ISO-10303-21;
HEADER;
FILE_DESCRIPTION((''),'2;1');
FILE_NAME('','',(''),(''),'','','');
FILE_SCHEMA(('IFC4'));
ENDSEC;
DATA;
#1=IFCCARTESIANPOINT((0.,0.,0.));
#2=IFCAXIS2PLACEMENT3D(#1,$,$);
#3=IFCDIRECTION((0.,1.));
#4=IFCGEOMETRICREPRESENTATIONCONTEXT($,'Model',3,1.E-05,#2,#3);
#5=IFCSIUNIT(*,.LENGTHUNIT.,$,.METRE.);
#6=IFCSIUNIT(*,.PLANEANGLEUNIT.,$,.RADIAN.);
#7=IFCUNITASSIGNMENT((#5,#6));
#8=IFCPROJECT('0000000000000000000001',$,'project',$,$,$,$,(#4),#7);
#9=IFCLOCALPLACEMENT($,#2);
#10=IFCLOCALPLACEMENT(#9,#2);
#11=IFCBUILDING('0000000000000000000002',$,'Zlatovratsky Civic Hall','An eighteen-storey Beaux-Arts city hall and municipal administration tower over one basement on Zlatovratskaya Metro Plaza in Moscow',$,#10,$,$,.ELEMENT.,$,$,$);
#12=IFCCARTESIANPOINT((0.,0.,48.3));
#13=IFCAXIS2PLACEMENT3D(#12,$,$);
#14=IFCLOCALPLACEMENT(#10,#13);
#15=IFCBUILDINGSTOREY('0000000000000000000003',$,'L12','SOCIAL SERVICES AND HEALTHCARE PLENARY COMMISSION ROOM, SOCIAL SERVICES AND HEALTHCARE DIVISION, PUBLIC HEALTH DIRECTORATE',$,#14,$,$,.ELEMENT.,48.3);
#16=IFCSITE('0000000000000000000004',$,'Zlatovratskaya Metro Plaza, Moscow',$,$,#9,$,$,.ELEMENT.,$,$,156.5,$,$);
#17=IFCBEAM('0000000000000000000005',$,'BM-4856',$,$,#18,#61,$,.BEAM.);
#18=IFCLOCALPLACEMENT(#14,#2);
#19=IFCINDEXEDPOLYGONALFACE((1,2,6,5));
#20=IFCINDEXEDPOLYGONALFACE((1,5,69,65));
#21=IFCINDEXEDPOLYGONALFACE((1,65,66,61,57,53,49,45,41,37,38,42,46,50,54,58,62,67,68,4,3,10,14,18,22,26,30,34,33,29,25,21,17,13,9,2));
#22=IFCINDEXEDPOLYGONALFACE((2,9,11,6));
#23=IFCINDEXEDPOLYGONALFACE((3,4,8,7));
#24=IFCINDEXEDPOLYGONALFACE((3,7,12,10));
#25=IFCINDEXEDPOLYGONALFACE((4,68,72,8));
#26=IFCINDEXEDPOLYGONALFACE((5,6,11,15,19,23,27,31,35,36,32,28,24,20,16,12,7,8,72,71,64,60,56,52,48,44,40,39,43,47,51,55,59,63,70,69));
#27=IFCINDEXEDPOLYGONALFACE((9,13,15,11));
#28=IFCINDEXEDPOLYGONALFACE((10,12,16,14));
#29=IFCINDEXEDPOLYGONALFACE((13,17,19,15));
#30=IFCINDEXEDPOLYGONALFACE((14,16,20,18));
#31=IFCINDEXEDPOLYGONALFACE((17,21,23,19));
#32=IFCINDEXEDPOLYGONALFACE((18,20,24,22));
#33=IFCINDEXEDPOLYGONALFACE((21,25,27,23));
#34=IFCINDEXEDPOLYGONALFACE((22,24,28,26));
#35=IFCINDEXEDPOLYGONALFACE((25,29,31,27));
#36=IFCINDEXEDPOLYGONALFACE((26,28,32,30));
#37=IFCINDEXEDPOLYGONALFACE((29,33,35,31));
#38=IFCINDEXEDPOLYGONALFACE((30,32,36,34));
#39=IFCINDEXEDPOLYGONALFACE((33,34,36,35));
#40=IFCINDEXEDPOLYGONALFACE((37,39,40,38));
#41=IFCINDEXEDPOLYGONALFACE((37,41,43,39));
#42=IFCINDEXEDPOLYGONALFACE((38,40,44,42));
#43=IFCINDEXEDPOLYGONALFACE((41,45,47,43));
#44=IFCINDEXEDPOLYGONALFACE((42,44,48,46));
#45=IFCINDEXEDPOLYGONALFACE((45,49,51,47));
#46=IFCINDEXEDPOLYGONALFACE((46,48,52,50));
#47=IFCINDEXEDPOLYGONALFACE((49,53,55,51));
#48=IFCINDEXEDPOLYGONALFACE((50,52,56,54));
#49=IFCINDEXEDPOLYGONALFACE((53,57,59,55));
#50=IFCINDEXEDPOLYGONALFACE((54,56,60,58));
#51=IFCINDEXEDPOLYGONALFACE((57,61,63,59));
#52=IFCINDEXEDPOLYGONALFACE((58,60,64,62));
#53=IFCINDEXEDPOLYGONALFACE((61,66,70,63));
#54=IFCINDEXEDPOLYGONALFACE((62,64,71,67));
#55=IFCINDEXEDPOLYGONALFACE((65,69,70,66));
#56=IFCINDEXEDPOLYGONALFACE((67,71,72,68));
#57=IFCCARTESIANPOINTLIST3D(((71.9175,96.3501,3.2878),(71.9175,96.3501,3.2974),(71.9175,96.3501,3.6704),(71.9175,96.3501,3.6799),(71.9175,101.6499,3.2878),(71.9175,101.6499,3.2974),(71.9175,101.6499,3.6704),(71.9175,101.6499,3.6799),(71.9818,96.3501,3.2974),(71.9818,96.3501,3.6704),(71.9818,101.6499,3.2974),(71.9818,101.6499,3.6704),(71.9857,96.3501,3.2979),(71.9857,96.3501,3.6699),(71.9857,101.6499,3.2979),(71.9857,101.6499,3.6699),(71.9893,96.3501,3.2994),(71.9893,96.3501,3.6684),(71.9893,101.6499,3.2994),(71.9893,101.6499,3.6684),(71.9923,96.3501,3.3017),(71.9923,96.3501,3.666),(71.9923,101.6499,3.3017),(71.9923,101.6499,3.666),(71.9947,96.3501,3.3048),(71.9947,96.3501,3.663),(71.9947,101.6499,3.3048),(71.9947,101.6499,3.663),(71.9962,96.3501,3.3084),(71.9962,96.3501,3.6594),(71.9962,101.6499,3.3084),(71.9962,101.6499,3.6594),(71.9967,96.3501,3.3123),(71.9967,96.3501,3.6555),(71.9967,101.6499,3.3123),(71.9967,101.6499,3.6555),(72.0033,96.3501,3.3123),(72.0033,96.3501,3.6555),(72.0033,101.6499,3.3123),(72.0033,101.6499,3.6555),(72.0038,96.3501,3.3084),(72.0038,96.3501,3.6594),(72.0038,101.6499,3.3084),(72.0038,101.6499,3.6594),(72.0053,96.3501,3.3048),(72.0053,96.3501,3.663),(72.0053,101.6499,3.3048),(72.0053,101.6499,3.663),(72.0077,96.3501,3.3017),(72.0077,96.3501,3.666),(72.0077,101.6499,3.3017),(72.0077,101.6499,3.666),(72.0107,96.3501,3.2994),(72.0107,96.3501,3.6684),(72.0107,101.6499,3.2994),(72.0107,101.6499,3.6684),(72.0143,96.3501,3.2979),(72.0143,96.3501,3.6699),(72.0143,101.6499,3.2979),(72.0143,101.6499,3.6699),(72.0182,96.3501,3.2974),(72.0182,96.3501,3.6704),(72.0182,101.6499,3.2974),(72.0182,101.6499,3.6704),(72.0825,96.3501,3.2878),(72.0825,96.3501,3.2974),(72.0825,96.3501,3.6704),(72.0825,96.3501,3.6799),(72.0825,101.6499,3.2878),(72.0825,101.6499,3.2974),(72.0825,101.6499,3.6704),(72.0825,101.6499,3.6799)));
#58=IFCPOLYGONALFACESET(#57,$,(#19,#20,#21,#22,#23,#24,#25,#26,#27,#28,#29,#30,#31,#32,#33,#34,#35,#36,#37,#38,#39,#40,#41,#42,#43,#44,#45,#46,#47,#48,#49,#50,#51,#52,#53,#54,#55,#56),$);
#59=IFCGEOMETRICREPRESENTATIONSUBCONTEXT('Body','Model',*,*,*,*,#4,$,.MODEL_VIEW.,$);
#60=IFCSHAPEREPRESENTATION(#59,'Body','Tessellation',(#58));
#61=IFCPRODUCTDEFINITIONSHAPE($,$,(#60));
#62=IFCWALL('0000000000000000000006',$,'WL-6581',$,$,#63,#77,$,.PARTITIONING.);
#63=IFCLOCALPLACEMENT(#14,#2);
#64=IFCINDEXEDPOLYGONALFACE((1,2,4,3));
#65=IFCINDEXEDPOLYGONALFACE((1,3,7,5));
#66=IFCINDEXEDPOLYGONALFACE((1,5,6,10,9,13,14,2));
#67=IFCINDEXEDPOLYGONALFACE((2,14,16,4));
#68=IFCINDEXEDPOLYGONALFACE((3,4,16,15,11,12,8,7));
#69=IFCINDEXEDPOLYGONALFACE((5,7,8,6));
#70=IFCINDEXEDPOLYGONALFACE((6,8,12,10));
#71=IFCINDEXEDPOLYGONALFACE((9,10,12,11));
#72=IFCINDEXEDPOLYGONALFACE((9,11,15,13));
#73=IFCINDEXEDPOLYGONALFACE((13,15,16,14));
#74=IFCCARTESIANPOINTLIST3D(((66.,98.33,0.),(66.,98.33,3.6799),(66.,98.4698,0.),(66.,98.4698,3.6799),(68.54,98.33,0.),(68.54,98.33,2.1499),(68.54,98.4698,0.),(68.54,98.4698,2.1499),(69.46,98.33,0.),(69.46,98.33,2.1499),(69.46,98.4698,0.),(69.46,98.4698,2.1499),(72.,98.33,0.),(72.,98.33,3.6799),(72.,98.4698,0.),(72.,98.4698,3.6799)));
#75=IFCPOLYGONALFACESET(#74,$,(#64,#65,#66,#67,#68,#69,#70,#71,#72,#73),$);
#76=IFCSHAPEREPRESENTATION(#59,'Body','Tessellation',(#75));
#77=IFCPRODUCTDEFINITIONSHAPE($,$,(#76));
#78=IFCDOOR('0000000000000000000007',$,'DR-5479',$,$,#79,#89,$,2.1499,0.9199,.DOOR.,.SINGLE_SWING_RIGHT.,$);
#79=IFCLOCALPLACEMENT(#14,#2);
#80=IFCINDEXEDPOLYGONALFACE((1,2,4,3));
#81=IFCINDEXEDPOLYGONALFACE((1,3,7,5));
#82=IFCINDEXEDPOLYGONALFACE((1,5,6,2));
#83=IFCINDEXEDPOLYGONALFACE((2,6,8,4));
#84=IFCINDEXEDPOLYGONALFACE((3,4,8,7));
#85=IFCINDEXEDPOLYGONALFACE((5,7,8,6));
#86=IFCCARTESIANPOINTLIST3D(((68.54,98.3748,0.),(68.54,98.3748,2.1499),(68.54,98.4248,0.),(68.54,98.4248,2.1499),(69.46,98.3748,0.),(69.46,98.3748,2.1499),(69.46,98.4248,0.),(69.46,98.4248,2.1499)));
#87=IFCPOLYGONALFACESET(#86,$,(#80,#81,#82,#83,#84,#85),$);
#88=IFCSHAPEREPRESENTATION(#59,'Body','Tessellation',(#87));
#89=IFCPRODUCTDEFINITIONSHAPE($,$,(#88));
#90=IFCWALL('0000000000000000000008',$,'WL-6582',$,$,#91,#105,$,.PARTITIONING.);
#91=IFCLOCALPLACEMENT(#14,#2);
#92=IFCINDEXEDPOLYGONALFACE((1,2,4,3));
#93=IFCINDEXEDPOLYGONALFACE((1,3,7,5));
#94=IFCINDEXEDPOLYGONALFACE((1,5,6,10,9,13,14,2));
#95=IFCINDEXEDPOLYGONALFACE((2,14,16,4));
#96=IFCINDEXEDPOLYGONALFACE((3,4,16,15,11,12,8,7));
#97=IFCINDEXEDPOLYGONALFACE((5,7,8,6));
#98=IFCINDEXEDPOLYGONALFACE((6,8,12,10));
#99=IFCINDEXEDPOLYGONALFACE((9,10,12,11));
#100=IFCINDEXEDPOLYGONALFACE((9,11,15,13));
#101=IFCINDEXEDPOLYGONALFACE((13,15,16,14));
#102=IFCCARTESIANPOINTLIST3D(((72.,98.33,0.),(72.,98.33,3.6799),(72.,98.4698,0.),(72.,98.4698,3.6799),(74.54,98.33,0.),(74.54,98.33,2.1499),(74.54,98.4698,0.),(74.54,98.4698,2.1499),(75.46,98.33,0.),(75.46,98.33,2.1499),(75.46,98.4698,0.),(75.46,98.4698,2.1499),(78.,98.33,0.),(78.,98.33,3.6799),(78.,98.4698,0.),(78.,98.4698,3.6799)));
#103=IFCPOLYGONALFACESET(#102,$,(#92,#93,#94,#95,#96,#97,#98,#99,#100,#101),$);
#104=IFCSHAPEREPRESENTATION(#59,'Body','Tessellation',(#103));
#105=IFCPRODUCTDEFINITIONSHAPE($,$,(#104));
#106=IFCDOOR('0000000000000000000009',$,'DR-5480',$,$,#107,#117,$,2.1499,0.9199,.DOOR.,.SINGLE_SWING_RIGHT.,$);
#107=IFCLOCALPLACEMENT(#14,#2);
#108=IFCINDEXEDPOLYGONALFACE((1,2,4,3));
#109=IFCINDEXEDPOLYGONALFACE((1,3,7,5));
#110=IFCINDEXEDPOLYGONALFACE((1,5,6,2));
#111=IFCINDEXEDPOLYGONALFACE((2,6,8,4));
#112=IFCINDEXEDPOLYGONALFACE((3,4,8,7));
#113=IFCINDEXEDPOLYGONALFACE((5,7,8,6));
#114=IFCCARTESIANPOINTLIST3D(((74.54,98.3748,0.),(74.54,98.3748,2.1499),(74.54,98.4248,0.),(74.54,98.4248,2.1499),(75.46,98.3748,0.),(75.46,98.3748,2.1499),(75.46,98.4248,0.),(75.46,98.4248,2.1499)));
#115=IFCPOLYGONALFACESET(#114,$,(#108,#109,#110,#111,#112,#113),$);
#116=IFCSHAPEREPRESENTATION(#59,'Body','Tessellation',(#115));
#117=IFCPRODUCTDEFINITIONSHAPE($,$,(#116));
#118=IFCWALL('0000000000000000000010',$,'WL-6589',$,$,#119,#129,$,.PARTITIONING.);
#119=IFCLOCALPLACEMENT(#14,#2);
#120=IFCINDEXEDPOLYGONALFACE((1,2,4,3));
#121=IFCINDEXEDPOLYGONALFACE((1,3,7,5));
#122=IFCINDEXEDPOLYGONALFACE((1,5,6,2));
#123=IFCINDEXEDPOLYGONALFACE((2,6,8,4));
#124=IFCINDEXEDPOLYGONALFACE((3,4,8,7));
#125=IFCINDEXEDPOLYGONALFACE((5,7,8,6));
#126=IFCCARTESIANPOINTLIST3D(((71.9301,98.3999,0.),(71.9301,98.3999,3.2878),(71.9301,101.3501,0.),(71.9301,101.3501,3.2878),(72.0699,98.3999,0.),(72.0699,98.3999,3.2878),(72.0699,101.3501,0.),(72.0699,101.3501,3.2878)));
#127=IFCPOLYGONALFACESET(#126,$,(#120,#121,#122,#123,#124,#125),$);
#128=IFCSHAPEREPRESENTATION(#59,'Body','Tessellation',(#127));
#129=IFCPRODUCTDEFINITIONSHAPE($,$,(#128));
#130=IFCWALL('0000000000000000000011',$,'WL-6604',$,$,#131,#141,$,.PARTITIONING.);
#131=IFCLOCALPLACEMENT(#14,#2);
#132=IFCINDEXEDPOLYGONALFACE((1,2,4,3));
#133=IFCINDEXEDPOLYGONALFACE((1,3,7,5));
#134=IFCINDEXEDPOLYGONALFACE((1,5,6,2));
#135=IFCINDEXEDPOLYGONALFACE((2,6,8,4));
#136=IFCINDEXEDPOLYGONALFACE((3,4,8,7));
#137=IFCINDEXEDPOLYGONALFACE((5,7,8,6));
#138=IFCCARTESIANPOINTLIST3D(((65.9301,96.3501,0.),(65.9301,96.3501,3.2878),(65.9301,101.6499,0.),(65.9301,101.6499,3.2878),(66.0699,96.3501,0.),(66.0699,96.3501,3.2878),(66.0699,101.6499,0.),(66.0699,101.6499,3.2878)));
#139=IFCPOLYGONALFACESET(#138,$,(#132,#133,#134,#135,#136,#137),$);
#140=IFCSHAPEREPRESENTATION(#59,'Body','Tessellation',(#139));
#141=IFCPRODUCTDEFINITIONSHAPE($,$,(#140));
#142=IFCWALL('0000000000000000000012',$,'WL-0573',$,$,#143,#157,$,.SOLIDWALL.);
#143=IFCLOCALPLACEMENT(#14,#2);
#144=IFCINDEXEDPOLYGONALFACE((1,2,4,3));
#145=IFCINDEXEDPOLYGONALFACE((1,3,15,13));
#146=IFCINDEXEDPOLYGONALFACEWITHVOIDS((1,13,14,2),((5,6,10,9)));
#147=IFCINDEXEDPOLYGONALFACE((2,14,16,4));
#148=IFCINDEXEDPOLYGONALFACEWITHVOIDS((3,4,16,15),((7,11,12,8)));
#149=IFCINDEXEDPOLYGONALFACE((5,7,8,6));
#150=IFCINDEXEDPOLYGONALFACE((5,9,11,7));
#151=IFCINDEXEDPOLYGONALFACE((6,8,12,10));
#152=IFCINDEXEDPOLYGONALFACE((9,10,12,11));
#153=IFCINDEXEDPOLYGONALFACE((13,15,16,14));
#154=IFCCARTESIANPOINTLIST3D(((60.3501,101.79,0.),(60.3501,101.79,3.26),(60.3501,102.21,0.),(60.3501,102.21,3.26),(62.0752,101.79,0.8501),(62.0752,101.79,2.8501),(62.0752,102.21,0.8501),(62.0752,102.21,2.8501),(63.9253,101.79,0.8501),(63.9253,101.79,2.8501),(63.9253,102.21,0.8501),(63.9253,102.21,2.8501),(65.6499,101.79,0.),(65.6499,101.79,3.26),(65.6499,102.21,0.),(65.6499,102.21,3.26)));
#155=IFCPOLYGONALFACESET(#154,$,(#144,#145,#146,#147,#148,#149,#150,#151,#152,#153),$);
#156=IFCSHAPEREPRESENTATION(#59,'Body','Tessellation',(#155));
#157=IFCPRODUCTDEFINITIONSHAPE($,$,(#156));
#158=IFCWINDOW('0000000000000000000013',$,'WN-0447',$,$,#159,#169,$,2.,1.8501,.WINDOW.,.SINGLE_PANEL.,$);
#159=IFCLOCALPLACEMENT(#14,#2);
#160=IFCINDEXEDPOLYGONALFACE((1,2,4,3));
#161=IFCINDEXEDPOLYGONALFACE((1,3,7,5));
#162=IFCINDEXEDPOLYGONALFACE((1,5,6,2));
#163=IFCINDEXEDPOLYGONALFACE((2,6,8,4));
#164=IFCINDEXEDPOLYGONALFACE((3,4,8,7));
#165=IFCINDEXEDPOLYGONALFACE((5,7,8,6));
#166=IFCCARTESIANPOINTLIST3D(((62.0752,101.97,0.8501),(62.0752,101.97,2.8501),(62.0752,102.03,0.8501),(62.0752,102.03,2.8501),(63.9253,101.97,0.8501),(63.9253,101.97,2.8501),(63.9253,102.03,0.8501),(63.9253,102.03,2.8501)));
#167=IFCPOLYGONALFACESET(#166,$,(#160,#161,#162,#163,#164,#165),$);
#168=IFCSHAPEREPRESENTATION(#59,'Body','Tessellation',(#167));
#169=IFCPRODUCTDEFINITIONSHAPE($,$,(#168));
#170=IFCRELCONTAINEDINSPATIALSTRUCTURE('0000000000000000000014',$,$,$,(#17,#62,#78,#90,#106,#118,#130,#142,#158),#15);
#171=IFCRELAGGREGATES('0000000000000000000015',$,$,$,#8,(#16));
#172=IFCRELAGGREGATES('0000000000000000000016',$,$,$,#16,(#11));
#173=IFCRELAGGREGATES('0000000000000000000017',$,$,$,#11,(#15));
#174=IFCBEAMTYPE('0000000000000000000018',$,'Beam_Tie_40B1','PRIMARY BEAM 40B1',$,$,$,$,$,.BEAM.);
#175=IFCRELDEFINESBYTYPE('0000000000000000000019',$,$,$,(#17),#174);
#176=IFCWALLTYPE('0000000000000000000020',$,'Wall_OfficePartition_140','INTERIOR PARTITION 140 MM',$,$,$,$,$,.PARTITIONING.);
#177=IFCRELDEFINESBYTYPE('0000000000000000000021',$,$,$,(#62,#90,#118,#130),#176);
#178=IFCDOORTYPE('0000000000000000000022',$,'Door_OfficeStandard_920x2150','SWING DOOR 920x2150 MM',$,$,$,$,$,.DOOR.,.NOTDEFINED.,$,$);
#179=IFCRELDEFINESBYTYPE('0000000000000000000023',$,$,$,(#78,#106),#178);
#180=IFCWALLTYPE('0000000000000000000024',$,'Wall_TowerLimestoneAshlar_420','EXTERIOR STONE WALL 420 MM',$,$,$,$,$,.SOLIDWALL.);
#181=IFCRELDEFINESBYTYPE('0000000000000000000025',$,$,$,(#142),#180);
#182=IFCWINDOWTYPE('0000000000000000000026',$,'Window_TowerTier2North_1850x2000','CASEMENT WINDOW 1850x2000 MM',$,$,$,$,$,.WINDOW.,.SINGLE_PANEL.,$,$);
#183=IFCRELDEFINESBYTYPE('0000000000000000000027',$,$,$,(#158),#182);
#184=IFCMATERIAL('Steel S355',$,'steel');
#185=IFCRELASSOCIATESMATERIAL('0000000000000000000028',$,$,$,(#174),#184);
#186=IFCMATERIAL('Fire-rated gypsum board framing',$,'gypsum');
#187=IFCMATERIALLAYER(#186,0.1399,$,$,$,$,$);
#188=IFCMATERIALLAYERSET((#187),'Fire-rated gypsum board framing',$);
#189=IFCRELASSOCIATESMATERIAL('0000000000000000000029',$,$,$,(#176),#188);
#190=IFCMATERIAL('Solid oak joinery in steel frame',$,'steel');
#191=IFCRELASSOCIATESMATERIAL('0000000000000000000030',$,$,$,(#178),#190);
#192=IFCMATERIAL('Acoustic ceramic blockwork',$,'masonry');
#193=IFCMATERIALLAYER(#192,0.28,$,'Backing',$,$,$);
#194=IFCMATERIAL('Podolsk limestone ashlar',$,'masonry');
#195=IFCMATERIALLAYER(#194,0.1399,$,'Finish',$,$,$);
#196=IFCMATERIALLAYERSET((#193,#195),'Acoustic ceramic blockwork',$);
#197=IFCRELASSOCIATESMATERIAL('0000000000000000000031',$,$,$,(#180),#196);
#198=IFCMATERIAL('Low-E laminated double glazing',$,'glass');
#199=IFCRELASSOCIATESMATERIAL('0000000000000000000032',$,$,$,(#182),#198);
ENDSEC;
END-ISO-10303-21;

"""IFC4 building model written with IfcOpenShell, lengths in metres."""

from ifc_helpers import new_model, si_unit, direction, frame, frame_2d, origin, origin_2d, place, context, subcontext, project, spatial, rectangle, i_section, extrude, material, layer, layer_set, material_profile, profile_set, type_object, element, fill, save


model = new_model("IFC4")

# Units and contexts
model_context = context("Model", 3, precision=1e-05, world=origin(), true_north=direction((0.0, 1.0)))
body_context = subcontext(model_context, "Body", "Model", "MODEL_VIEW")
ifc_project = project(units=[si_unit("LENGTHUNIT", "METRE"), si_unit("PLANEANGLEUNIT", "RADIAN")], contexts=[model_context])

# Site, building, storey
site_placement = place(None, origin())
site = spatial("IfcSite", under=ifc_project, at=site_placement, Name="Zlatovratskaya Metro Plaza, Moscow", CompositionType="ELEMENT", RefElevation=156.5)
building_placement = place(site_placement, origin())
building = spatial("IfcBuilding", under=site, at=building_placement, Name="Zlatovratsky Civic Hall", Description="An eighteen-storey Beaux-Arts city hall and municipal administration tower over one basement on Zlatovratskaya Metro Plaza in Moscow", CompositionType="ELEMENT")
storey_placement = place(building_placement, frame((0.0, 0.0, 48.3)))
storey = spatial("IfcBuildingStorey", under=building, at=storey_placement, Name="L12", Description="SOCIAL SERVICES AND HEALTHCARE PLENARY COMMISSION ROOM, SOCIAL SERVICES AND HEALTHCARE DIVISION, PUBLIC HEALTH DIRECTORATE", CompositionType="ELEMENT", Elevation=48.3)

# Beam
ifc_material_1 = material(Name="Steel S355", Category="steel")
ifc_material_profile_1 = material_profile(ifc_material_1, i_section(OverallWidth=0.165, OverallDepth=0.3921, WebThickness=0.0066, FlangeThickness=0.0095, FilletRadius=0.0149, at=origin_2d()), Name="40B1")
ifc_profile_set_1 = profile_set([ifc_material_profile_1], Name="Steel S355")
beam_type_1 = type_object("IfcBeamType", Name="Beam_Tie_40B1", Description="PRIMARY BEAM 40B1", PredefinedType="BEAM", material=ifc_profile_set_1)
for number, where, z_axis, x_axis, name in (
    (1, (72.0, 96.3501, 3.4839), (0.0, 1.0, 0.0), (-1.0, 0.0, 0.0), "BM-4856"),
):
    element("IfcBeam", number, at=place(storey_placement, frame(where, z_axis=z_axis, x_axis=x_axis)), inside=storey, type_object=beam_type_1, Name=name, PredefinedType="BEAM", context=body_context, shape_type="SweptSolid", body=[
        extrude(i_section(OverallWidth=0.165, OverallDepth=0.3921, WebThickness=0.0066, FlangeThickness=0.0095, FilletRadius=0.0149, at=origin_2d()), origin(), (0.0, 0.0, 1.0), 5.2998),
    ])

# Walls, openings, doors
ifc_material_2 = material(Name="Fire-rated gypsum board framing", Category="gypsum")
ifc_layer_1 = layer(ifc_material_2, 0.1399)
ifc_layer_set_1 = layer_set([ifc_layer_1], Name="Fire-rated gypsum board framing")
wall_type_1 = type_object("IfcWallType", Name="Wall_OfficePartition_140", Description="INTERIOR PARTITION 140 MM", PredefinedType="PARTITIONING", material=ifc_layer_set_1)
wall_1_placement = place(storey_placement, frame((66.0, 98.3999, 0.0), z_axis=(0.0, 0.0, 1.0), x_axis=(1.0, 0.0, 0.0)))
wall_1 = element("IfcWall", 2, at=wall_1_placement, inside=storey, type_object=wall_type_1, Name="WL-6581", PredefinedType="PARTITIONING", context=body_context, shape_type="SweptSolid", body=[
    extrude(rectangle(XDim=6.0, YDim=0.1399, at=frame_2d((3.0, 0.0))), origin(), (0.0, 0.0, 1.0), 3.6799),
])
opening_1_placement = place(wall_1_placement, frame((2.54, 0.0, 0.0)))
opening_1 = element("IfcOpeningElement", 3, at=opening_1_placement, cuts=wall_1, PredefinedType="OPENING", context=body_context, shape_type="SweptSolid", body=[
    extrude(rectangle(XDim=0.9199, YDim=2.1499, at=frame_2d((0.46, 1.075))), frame((0.0, 0.085, 0.0), z_axis=(0.0, -1.0, 0.0), x_axis=(1.0, 0.0, 0.0)), (0.0, 0.0, 1.0), 0.1697),
])
ifc_material_3 = material(Name="Solid oak joinery in steel frame", Category="steel")
door_type = type_object("IfcDoorType", Name="Door_OfficeStandard_920x2150", Description="SWING DOOR 920x2150 MM", OperationType="NOTDEFINED", PredefinedType="DOOR", material=ifc_material_3)
door_1_placement = place(opening_1_placement, origin())
door_1 = element("IfcDoor", 4, at=door_1_placement, inside=storey, type_object=door_type, Name="DR-5479", OperationType="SINGLE_SWING_RIGHT", OverallHeight=2.1499, OverallWidth=0.9199, PredefinedType="DOOR", context=body_context, shape_type="SweptSolid", body=[
    extrude(rectangle(XDim=0.9199, YDim=2.1499, at=frame_2d((0.46, 1.075))), frame((0.0, 0.0249, 0.0), z_axis=(0.0, -1.0, 0.0), x_axis=(1.0, 0.0, 0.0)), (0.0, 0.0, 1.0), 0.05),
])
fill(opening_1, door_1)
wall_2_placement = place(storey_placement, frame((72.0, 98.3999, 0.0), z_axis=(0.0, 0.0, 1.0), x_axis=(1.0, 0.0, 0.0)))
wall_2 = element("IfcWall", 5, at=wall_2_placement, inside=storey, type_object=wall_type_1, Name="WL-6582", PredefinedType="PARTITIONING", context=body_context, shape_type="SweptSolid", body=[
    extrude(rectangle(XDim=6.0, YDim=0.1399, at=frame_2d((3.0, 0.0))), origin(), (0.0, 0.0, 1.0), 3.6799),
])
opening_2_placement = place(wall_2_placement, frame((2.54, 0.0, 0.0)))
opening_2 = element("IfcOpeningElement", 6, at=opening_2_placement, cuts=wall_2, PredefinedType="OPENING", context=body_context, shape_type="SweptSolid", body=[
    extrude(rectangle(XDim=0.9199, YDim=2.1499, at=frame_2d((0.46, 1.075))), frame((0.0, 0.085, 0.0), z_axis=(0.0, -1.0, 0.0), x_axis=(1.0, 0.0, 0.0)), (0.0, 0.0, 1.0), 0.1697),
])
door_2_placement = place(opening_2_placement, origin())
door_2 = element("IfcDoor", 7, at=door_2_placement, inside=storey, type_object=door_type, Name="DR-5480", OperationType="SINGLE_SWING_RIGHT", OverallHeight=2.1499, OverallWidth=0.9199, PredefinedType="DOOR", context=body_context, shape_type="SweptSolid", body=[
    extrude(rectangle(XDim=0.9199, YDim=2.1499, at=frame_2d((0.46, 1.075))), frame((0.0, 0.0249, 0.0), z_axis=(0.0, -1.0, 0.0), x_axis=(1.0, 0.0, 0.0)), (0.0, 0.0, 1.0), 0.05),
])
fill(opening_2, door_2)

# Walls
wall_3_placement = place(storey_placement, frame((72.0, 98.3999, 0.0), z_axis=(0.0, 0.0, 1.0), x_axis=(0.0, 1.0, 0.0)))
element("IfcWall", 8, at=wall_3_placement, inside=storey, type_object=wall_type_1, Name="WL-6589", PredefinedType="PARTITIONING", context=body_context, shape_type="SweptSolid", body=[
    extrude(rectangle(XDim=2.9502, YDim=0.1399, at=frame_2d((1.4751, 0.0))), origin(), (0.0, 0.0, 1.0), 3.2878),
])
wall_4_placement = place(storey_placement, frame((66.0, 96.3501, 0.0), z_axis=(0.0, 0.0, 1.0), x_axis=(0.0, 1.0, 0.0)))
element("IfcWall", 9, at=wall_4_placement, inside=storey, type_object=wall_type_1, Name="WL-6604", PredefinedType="PARTITIONING", context=body_context, shape_type="SweptSolid", body=[
    extrude(rectangle(XDim=5.2998, YDim=0.1399, at=frame_2d((2.6499, 0.0))), origin(), (0.0, 0.0, 1.0), 3.2878),
])

# Wall, opening, window
ifc_material_4 = material(Name="Acoustic ceramic blockwork", Category="masonry")
ifc_layer_2 = layer(ifc_material_4, 0.28, Name="Backing")
ifc_material_5 = material(Name="Podolsk limestone ashlar", Category="masonry")
ifc_layer_3 = layer(ifc_material_5, 0.1399, Name="Finish")
ifc_layer_set_2 = layer_set([ifc_layer_2, ifc_layer_3], Name="Acoustic ceramic blockwork")
wall_type_2 = type_object("IfcWallType", Name="Wall_TowerLimestoneAshlar_420", Description="EXTERIOR STONE WALL 420 MM", PredefinedType="SOLIDWALL", material=ifc_layer_set_2)
wall_5_placement = place(storey_placement, frame((60.3501, 102.0, 0.0), z_axis=(0.0, 0.0, 1.0), x_axis=(1.0, 0.0, 0.0)))
wall_5 = element("IfcWall", 10, at=wall_5_placement, inside=storey, type_object=wall_type_2, Name="WL-0573", PredefinedType="SOLIDWALL", context=body_context, shape_type="SweptSolid", body=[
    extrude(rectangle(XDim=5.2998, YDim=0.4199, at=frame_2d((2.6499, 0.0))), origin(), (0.0, 0.0, 1.0), 3.26),
])
opening_3_placement = place(wall_5_placement, frame((1.7251, 0.0, 0.8501)))
opening_3 = element("IfcOpeningElement", 11, at=opening_3_placement, cuts=wall_5, PredefinedType="OPENING", context=body_context, shape_type="SweptSolid", body=[
    extrude(rectangle(XDim=1.8501, YDim=2.0, at=frame_2d((0.925, 1.0))), frame((0.0, 0.2249, 0.0), z_axis=(0.0, -1.0, 0.0), x_axis=(1.0, 0.0, 0.0)), (0.0, 0.0, 1.0), 0.4497),
])
ifc_material_6 = material(Name="Low-E laminated double glazing", Category="glass")
window_type_1 = type_object("IfcWindowType", Name="Window_TowerTier2North_1850x2000", Description="CASEMENT WINDOW 1850x2000 MM", PartitioningType="SINGLE_PANEL", PredefinedType="WINDOW", material=ifc_material_6)
window_1_placement = place(opening_3_placement, origin())
window_1 = element("IfcWindow", 12, at=window_1_placement, inside=storey, type_object=window_type_1, Name="WN-0447", OverallHeight=2.0, OverallWidth=1.8501, PartitioningType="SINGLE_PANEL", PredefinedType="WINDOW", context=body_context, shape_type="SweptSolid", body=[
    extrude(rectangle(XDim=1.8501, YDim=2.0, at=frame_2d((0.925, 1.0))), frame((0.0, 0.03, 0.0), z_axis=(0.0, -1.0, 0.0), x_axis=(1.0, 0.0, 0.0)), (0.0, 0.0, 1.0), 0.0601),
])
fill(opening_3, window_1)

save(model, "model.ifc")
